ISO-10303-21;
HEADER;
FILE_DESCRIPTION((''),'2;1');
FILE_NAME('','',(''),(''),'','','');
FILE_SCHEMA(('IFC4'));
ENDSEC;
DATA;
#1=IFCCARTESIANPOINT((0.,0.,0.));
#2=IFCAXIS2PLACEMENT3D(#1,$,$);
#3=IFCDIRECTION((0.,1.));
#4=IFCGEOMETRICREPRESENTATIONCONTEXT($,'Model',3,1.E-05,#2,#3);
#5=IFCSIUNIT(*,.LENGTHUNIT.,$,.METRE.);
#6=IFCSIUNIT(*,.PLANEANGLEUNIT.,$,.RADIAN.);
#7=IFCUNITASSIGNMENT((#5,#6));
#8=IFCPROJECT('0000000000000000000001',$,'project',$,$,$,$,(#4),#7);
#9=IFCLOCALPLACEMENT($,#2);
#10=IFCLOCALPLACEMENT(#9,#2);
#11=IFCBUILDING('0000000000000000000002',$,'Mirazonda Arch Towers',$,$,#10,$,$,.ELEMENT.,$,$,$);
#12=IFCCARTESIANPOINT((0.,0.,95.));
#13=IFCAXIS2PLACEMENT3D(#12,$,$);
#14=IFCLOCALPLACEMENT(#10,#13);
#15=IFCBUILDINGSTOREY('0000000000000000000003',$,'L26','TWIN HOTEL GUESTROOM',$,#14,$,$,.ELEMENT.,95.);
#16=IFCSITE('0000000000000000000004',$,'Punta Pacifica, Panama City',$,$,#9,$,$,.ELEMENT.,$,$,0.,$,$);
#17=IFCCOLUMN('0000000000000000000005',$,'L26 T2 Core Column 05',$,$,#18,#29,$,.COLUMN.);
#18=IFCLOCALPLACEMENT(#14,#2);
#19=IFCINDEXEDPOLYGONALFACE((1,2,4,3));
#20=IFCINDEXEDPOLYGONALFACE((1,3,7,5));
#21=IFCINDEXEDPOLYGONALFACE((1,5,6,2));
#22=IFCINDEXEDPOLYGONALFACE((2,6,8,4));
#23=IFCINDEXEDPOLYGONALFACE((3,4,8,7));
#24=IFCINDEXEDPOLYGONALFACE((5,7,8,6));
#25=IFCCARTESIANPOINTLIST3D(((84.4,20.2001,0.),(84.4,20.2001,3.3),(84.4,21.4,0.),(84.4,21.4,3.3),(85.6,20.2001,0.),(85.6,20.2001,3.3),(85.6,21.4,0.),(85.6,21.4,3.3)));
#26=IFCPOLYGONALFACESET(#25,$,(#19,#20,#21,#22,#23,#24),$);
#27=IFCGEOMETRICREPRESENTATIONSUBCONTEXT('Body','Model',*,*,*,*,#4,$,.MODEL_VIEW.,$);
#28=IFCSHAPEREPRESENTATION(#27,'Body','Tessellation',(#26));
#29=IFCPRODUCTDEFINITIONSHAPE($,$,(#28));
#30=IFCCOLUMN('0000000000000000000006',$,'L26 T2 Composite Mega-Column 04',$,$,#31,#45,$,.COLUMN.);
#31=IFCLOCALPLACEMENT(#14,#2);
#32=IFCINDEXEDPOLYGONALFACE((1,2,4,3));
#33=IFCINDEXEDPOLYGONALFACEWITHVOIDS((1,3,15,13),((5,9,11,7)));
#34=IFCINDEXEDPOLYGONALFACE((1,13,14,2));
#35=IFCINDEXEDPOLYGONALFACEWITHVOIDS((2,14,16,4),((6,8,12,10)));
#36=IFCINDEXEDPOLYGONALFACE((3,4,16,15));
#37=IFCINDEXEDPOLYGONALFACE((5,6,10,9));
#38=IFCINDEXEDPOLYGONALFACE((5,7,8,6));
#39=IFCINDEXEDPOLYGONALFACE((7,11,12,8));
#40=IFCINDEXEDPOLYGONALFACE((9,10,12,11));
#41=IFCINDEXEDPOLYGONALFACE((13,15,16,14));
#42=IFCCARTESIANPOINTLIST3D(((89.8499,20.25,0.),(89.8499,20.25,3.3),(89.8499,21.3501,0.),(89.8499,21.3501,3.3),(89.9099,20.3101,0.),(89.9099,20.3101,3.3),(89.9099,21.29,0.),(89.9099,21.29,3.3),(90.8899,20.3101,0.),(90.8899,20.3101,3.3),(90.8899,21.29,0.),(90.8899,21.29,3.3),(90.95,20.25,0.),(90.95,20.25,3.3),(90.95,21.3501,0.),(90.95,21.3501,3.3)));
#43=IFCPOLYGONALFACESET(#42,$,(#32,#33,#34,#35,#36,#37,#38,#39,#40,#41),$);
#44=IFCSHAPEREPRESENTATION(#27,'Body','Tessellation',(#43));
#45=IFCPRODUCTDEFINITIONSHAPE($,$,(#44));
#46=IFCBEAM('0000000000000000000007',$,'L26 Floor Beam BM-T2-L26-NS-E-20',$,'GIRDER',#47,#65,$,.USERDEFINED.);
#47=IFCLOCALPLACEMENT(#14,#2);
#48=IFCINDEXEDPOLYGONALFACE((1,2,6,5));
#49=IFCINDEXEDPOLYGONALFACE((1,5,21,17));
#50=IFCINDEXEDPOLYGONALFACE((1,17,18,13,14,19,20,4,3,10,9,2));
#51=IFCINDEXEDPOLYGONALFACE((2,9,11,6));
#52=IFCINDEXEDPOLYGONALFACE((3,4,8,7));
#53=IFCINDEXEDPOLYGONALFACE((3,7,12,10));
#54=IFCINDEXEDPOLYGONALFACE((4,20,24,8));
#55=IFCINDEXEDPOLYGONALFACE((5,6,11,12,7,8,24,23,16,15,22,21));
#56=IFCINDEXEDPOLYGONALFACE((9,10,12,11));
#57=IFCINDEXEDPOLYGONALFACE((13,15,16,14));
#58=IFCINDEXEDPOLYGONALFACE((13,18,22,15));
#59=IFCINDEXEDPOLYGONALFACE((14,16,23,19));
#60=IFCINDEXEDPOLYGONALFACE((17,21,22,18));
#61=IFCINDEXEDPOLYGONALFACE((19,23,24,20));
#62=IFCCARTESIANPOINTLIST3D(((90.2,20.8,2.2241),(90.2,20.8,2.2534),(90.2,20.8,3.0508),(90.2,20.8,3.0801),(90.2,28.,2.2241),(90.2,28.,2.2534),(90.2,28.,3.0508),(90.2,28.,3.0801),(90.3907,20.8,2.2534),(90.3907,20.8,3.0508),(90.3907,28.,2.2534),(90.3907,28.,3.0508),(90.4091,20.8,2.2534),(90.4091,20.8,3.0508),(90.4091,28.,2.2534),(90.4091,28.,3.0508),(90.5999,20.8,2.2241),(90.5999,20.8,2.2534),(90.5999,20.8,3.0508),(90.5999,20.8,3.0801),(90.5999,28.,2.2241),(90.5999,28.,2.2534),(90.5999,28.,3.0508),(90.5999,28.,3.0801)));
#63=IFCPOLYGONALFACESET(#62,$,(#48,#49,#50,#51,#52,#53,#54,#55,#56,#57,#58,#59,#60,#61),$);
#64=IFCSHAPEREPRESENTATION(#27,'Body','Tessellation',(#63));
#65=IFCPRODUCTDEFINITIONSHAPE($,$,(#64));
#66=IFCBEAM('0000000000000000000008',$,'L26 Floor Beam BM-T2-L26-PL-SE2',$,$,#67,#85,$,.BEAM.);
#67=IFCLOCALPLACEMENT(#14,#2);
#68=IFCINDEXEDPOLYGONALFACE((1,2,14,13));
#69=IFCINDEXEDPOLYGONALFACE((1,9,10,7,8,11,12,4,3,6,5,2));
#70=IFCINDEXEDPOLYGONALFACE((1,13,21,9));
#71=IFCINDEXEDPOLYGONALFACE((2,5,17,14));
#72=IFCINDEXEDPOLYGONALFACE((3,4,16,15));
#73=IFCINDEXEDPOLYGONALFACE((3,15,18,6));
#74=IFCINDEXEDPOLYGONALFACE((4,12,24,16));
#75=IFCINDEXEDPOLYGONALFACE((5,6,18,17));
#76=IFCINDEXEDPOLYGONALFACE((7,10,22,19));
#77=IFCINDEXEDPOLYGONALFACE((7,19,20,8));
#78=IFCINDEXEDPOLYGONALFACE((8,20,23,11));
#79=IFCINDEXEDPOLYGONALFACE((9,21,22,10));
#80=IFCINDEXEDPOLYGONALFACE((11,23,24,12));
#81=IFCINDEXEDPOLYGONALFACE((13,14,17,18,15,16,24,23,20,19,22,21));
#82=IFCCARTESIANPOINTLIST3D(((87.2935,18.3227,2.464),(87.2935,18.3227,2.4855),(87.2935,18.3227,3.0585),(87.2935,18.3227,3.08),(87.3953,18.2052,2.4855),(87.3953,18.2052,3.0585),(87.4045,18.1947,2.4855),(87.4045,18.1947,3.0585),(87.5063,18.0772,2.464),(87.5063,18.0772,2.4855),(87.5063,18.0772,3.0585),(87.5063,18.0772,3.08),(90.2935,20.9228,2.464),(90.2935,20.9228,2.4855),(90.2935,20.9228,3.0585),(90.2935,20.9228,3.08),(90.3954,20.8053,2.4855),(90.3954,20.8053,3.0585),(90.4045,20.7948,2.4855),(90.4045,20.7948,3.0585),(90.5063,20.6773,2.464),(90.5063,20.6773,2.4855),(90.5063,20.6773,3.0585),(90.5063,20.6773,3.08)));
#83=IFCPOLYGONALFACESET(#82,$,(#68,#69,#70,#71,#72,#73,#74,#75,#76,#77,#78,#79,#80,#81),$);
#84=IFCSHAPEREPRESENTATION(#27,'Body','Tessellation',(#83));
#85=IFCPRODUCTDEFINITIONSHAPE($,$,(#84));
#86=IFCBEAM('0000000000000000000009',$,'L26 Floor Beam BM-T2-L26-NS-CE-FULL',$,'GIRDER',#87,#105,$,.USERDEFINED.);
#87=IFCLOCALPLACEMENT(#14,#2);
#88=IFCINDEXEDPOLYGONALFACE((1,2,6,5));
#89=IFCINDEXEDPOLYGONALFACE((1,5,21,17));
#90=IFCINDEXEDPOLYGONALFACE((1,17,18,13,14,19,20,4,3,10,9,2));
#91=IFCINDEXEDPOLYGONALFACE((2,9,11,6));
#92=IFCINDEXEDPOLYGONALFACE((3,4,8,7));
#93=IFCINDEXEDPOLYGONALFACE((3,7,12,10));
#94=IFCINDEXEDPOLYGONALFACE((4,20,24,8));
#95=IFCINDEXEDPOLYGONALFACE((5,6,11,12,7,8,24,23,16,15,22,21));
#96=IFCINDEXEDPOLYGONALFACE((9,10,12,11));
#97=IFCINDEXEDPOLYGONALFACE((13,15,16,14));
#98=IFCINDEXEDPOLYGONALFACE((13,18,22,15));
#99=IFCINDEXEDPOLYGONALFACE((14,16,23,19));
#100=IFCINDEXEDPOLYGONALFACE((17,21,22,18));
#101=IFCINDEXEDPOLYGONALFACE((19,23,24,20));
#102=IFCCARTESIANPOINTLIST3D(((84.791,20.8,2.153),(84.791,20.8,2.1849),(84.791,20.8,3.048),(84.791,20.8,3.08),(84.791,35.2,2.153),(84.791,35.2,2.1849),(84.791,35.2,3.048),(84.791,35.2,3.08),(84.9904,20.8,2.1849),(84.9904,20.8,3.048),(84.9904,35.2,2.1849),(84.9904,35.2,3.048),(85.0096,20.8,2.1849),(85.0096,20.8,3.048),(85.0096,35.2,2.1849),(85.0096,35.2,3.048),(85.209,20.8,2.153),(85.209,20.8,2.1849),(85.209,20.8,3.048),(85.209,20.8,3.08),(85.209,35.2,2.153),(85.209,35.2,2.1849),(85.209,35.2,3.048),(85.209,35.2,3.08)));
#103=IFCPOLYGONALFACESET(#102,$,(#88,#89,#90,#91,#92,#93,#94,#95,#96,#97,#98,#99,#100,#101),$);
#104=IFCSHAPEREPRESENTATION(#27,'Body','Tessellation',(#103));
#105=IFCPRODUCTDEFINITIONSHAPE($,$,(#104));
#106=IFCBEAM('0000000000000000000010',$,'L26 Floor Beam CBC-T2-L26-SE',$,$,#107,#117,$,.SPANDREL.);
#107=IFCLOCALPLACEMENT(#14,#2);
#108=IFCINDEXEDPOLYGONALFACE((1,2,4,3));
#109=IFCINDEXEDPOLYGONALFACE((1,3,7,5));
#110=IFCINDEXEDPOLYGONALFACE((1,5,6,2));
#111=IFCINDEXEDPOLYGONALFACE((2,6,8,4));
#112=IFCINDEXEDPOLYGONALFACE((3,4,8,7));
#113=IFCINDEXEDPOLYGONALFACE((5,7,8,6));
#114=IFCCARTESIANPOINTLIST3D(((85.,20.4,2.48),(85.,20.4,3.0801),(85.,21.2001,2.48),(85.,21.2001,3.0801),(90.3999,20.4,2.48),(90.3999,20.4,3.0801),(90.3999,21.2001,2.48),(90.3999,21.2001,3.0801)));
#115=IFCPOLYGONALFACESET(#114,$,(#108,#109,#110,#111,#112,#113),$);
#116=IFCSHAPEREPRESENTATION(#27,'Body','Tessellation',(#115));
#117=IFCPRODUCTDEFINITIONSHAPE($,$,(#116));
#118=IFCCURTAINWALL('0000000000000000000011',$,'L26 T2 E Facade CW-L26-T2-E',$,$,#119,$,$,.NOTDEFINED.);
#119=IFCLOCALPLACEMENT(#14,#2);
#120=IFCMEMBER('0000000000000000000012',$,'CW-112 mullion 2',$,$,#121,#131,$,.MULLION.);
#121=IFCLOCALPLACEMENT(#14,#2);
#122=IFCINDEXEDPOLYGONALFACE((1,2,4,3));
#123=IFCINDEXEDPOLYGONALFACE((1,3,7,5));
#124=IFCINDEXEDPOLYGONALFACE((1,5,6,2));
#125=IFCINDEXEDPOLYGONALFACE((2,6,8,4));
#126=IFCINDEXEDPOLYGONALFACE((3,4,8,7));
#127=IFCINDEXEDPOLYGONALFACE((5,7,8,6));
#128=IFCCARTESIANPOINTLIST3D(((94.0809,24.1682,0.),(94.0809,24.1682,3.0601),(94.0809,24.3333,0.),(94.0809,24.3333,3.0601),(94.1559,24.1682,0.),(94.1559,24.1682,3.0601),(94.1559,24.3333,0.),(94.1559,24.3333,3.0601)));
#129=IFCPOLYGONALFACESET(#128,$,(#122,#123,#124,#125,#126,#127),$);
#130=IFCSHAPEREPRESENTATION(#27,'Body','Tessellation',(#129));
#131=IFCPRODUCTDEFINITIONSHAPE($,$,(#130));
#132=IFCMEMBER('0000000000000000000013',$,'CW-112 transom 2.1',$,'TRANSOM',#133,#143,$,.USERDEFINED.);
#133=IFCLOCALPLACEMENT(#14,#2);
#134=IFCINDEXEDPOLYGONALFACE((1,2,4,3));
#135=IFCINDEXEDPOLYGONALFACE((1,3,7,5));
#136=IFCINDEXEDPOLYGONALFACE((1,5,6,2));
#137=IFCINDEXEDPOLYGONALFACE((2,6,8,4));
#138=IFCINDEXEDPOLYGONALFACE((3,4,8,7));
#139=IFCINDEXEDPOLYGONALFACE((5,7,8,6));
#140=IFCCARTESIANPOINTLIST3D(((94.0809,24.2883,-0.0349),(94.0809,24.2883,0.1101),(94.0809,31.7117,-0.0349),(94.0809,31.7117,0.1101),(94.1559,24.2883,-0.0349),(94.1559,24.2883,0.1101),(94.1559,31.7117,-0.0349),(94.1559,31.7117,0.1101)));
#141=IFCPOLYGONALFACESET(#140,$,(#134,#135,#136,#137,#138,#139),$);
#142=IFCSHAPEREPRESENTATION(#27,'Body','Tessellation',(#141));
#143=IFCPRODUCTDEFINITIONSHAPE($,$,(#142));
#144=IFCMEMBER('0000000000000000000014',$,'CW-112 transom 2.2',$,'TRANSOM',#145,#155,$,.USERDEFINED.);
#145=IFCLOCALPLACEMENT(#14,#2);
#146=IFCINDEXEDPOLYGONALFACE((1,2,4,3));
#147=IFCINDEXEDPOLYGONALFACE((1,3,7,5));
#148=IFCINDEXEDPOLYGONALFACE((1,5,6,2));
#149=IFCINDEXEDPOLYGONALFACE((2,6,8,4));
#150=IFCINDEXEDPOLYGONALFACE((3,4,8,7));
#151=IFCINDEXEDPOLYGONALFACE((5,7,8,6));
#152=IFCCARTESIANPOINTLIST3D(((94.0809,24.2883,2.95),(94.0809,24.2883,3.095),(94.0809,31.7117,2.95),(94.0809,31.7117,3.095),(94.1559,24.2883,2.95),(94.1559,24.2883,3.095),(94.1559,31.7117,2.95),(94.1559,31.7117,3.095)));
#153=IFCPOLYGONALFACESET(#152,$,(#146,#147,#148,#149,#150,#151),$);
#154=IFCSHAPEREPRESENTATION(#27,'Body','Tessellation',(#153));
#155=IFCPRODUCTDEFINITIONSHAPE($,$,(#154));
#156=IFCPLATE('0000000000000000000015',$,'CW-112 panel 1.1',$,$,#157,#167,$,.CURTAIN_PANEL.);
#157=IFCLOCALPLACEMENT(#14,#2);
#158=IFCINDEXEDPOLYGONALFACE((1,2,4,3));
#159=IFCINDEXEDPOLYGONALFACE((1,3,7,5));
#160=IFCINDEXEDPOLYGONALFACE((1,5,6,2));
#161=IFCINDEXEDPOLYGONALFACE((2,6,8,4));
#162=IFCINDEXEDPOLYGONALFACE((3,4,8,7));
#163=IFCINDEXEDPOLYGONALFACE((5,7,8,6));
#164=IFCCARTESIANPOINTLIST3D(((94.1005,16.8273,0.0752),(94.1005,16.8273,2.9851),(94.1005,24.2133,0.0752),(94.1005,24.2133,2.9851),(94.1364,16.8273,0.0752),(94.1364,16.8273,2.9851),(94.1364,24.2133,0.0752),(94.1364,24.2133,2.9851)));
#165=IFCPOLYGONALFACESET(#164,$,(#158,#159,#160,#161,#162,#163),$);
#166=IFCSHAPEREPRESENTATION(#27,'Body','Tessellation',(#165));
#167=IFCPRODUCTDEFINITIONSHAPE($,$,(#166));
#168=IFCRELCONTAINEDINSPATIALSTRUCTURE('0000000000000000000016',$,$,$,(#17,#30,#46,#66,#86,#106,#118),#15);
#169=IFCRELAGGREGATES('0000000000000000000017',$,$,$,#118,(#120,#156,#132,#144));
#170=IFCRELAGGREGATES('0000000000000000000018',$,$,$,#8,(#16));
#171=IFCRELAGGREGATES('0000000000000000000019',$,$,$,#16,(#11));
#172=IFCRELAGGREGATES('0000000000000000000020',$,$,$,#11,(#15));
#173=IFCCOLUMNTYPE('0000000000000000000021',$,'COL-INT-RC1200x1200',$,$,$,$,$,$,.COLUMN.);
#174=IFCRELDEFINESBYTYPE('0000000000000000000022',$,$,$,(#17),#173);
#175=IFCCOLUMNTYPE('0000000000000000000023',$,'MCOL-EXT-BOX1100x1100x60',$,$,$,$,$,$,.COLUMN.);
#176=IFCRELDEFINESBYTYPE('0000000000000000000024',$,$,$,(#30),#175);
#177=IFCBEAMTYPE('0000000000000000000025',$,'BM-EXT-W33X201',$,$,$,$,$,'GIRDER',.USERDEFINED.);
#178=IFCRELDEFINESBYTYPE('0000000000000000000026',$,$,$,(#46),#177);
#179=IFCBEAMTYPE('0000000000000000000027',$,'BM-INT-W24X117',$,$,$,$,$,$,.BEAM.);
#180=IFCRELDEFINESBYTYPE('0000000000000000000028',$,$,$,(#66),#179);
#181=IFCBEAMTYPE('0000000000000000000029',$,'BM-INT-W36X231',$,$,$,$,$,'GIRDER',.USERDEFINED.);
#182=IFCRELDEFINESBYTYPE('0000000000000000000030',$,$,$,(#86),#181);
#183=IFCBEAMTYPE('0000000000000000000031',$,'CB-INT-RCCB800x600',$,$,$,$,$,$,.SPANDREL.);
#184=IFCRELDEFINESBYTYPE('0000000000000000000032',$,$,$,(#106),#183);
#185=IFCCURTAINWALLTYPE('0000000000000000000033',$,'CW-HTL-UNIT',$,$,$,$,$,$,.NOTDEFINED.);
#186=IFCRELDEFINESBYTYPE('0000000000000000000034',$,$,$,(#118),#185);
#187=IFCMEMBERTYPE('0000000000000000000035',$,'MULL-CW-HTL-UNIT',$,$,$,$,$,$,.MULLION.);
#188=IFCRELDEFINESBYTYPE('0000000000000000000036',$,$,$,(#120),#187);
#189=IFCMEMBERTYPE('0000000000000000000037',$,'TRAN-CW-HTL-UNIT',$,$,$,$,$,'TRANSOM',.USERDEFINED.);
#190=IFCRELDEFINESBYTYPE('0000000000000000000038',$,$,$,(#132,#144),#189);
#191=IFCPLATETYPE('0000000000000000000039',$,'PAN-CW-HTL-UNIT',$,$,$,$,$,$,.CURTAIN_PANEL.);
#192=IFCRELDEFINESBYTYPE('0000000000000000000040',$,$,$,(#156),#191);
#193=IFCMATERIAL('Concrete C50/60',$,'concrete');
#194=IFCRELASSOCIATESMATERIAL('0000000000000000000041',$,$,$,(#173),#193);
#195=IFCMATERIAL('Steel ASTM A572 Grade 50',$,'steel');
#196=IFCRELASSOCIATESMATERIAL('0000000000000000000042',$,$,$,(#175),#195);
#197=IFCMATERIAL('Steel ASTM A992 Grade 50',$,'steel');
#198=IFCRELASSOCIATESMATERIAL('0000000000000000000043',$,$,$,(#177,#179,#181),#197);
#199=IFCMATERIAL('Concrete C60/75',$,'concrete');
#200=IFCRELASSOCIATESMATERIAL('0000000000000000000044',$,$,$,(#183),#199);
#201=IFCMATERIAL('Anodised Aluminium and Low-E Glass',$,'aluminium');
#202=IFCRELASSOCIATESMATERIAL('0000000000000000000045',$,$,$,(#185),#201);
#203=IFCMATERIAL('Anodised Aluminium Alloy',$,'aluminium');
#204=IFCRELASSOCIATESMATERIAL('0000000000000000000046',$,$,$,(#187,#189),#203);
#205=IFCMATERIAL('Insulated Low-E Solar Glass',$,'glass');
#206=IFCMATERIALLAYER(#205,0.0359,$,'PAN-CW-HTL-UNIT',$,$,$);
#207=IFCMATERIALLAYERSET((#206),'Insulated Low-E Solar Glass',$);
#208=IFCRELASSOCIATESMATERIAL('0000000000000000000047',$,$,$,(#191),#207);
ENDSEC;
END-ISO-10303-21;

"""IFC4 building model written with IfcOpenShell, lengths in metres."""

from ifc_helpers import new_model, si_unit, direction, frame, origin, origin_2d, place, context, subcontext, project, spatial, rectangle, hollow_rectangle, i_section, extrude, material, layer, layer_set, material_profile, profile_set, type_object, element, aggregate, save


model = new_model("IFC4")

# Units and contexts
model_context = context("Model", 3, precision=1e-05, world=origin(), true_north=direction((0.0, 1.0)))
body_context = subcontext(model_context, "Body", "Model", "MODEL_VIEW")
ifc_project = project(units=[si_unit("LENGTHUNIT", "METRE"), si_unit("PLANEANGLEUNIT", "RADIAN")], contexts=[model_context])

# Site, building, storey
site_placement = place(None, origin())
site = spatial("IfcSite", under=ifc_project, at=site_placement, Name="Punta Pacifica, Panama City", CompositionType="ELEMENT", RefElevation=0.0)
building_placement = place(site_placement, origin())
building = spatial("IfcBuilding", under=site, at=building_placement, Name="Mirazonda Arch Towers", CompositionType="ELEMENT")
storey_placement = place(building_placement, frame((0.0, 0.0, 95.0)))
storey = spatial("IfcBuildingStorey", under=building, at=storey_placement, Name="L26", Description="TWIN HOTEL GUESTROOM", CompositionType="ELEMENT", Elevation=95.0)

# Columns
ifc_material_1 = material(Name="Concrete C50/60", Category="concrete")
ifc_material_profile_1 = material_profile(ifc_material_1, rectangle(XDim=1.2, YDim=1.2, at=origin_2d()), Name="RC1200x1200")
ifc_profile_set_1 = profile_set([ifc_material_profile_1], Name="Concrete C50/60")
column_type_1 = type_object("IfcColumnType", Name="COL-INT-RC1200x1200", PredefinedType="COLUMN", material=ifc_profile_set_1)
column_1_placement = place(storey_placement, frame((85.0, 20.8, 0.0), z_axis=(0.0, 0.0, 1.0), x_axis=(1.0, 0.0, 0.0)))
element("IfcColumn", 1, at=column_1_placement, inside=storey, type_object=column_type_1, Name="L26 T2 Core Column 05", PredefinedType="COLUMN", context=body_context, shape_type="SweptSolid", body=[
    extrude(rectangle(XDim=1.2, YDim=1.2, at=origin_2d()), origin(), (0.0, 0.0, 1.0), 3.3),
])
ifc_material_2 = material(Name="Steel ASTM A572 Grade 50", Category="steel")
ifc_material_profile_2 = material_profile(ifc_material_2, hollow_rectangle(XDim=1.1001, YDim=1.1001, WallThickness=0.0601, at=origin_2d()), Name="BOX1100x1100x60")
ifc_profile_set_2 = profile_set([ifc_material_profile_2], Name="Steel ASTM A572 Grade 50")
column_type_2 = type_object("IfcColumnType", Name="MCOL-EXT-BOX1100x1100x60", PredefinedType="COLUMN", material=ifc_profile_set_2)
column_2_placement = place(storey_placement, frame((90.3999, 20.8, 0.0), z_axis=(0.0, 0.0, 1.0), x_axis=(1.0, 0.0, 0.0)))
element("IfcColumn", 2, at=column_2_placement, inside=storey, type_object=column_type_2, Name="L26 T2 Composite Mega-Column 04", PredefinedType="COLUMN", context=body_context, shape_type="SweptSolid", body=[
    extrude(hollow_rectangle(XDim=1.1001, YDim=1.1001, WallThickness=0.0601, at=origin_2d()), origin(), (0.0, 0.0, 1.0), 3.3),
])

# Beams
ifc_material_3 = material(Name="Steel ASTM A992 Grade 50", Category="steel")
ifc_material_profile_3 = material_profile(ifc_material_3, i_section(OverallWidth=0.3999, OverallDepth=0.856, WebThickness=0.0183, FlangeThickness=0.0293, at=origin_2d()), Name="W33X201")
ifc_profile_set_3 = profile_set([ifc_material_profile_3], Name="Steel ASTM A992 Grade 50")
beam_type_1 = type_object("IfcBeamType", Name="BM-EXT-W33X201", ElementType="GIRDER", PredefinedType="USERDEFINED", material=ifc_profile_set_3)
beam_1_placement = place(storey_placement, frame((90.3999, 20.8, 2.6521), z_axis=(0.0, 1.0, 0.0), x_axis=(-1.0, 0.0, 0.0)))
element("IfcBeam", 3, at=beam_1_placement, inside=storey, type_object=beam_type_1, Name="L26 Floor Beam BM-T2-L26-NS-E-20", ObjectType="GIRDER", PredefinedType="USERDEFINED", context=body_context, shape_type="SweptSolid", body=[
    extrude(i_section(OverallWidth=0.3999, OverallDepth=0.856, WebThickness=0.0183, FlangeThickness=0.0293, at=origin_2d()), origin(), (0.0, 0.0, 1.0), 7.2),
])
ifc_material_profile_4 = material_profile(ifc_material_3, i_section(OverallWidth=0.325, OverallDepth=0.616, WebThickness=0.0139, FlangeThickness=0.0215, at=origin_2d()), Name="W24X117")
ifc_profile_set_4 = profile_set([ifc_material_profile_4], Name="Steel ASTM A992 Grade 50")
beam_type_2 = type_object("IfcBeamType", Name="BM-INT-W24X117", PredefinedType="BEAM", material=ifc_profile_set_4)
beam_2_placement = place(storey_placement, frame((87.3999, 18.2, 2.772), z_axis=(0.755677, 0.654945, 0.0), x_axis=(-0.654945, 0.755677, 0.0)))
element("IfcBeam", 4, at=beam_2_placement, inside=storey, type_object=beam_type_2, Name="L26 Floor Beam BM-T2-L26-PL-SE2", PredefinedType="BEAM", context=body_context, shape_type="SweptSolid", body=[
    extrude(i_section(OverallWidth=0.325, OverallDepth=0.616, WebThickness=0.0139, FlangeThickness=0.0215, at=origin_2d()), origin(), (0.0, 0.0, 1.0), 3.97),
])
ifc_material_profile_5 = material_profile(ifc_material_3, i_section(OverallWidth=0.418, OverallDepth=0.927, WebThickness=0.0193, FlangeThickness=0.032, at=origin_2d()), Name="W36X231")
ifc_profile_set_5 = profile_set([ifc_material_profile_5], Name="Steel ASTM A992 Grade 50")
beam_type_3 = type_object("IfcBeamType", Name="BM-INT-W36X231", ElementType="GIRDER", PredefinedType="USERDEFINED", material=ifc_profile_set_5)
beam_3_placement = place(storey_placement, frame((85.0, 20.8, 2.6165), z_axis=(0.0, 1.0, 0.0), x_axis=(-1.0, 0.0, 0.0)))
element("IfcBeam", 5, at=beam_3_placement, inside=storey, type_object=beam_type_3, Name="L26 Floor Beam BM-T2-L26-NS-CE-FULL", ObjectType="GIRDER", PredefinedType="USERDEFINED", context=body_context, shape_type="SweptSolid", body=[
    extrude(i_section(OverallWidth=0.418, OverallDepth=0.927, WebThickness=0.0193, FlangeThickness=0.032, at=origin_2d()), origin(), (0.0, 0.0, 1.0), 14.3999),
])
ifc_material_4 = material(Name="Concrete C60/75", Category="concrete")
ifc_material_profile_6 = material_profile(ifc_material_4, rectangle(XDim=0.8, YDim=0.6001, at=origin_2d()), Name="RCCB800x600")
ifc_profile_set_6 = profile_set([ifc_material_profile_6], Name="Concrete C60/75")
beam_type_4 = type_object("IfcBeamType", Name="CB-INT-RCCB800x600", PredefinedType="SPANDREL", material=ifc_profile_set_6)
beam_4_placement = place(storey_placement, frame((85.0, 20.8, 2.78), z_axis=(1.0, 0.0, 0.0), x_axis=(0.0, 1.0, 0.0)))
element("IfcBeam", 6, at=beam_4_placement, inside=storey, type_object=beam_type_4, Name="L26 Floor Beam CBC-T2-L26-SE", PredefinedType="SPANDREL", context=body_context, shape_type="SweptSolid", body=[
    extrude(rectangle(XDim=0.8, YDim=0.6001, at=origin_2d()), origin(), (0.0, 0.0, 1.0), 5.3999),
])

# Curtain wall, members, plate
ifc_material_5 = material(Name="Anodised Aluminium and Low-E Glass", Category="aluminium")
curtain_wall_type = type_object("IfcCurtainWallType", Name="CW-HTL-UNIT", PredefinedType="NOTDEFINED", material=ifc_material_5)
curtain_wall_placement = place(storey_placement, origin())
curtain_wall = element("IfcCurtainWall", 7, at=curtain_wall_placement, inside=storey, type_object=curtain_wall_type, Name="L26 T2 E Facade CW-L26-T2-E", PredefinedType="NOTDEFINED")
ifc_material_6 = material(Name="Anodised Aluminium Alloy", Category="aluminium")
ifc_material_profile_7 = material_profile(ifc_material_6, rectangle(XDim=0.075, YDim=0.165, at=origin_2d()), Name="ALU-MULL-75x165")
ifc_profile_set_7 = profile_set([ifc_material_profile_7], Name="Anodised Aluminium Alloy")
member_type_1 = type_object("IfcMemberType", Name="MULL-CW-HTL-UNIT", PredefinedType="MULLION", material=ifc_profile_set_7)
member_1_placement = place(storey_placement, frame((94.1184, 24.2507, 0.0), z_axis=(0.0, 0.0, 1.0), x_axis=(-1.0, 0.0, 0.0)))
member_1 = element("IfcMember", 8, at=member_1_placement, type_object=member_type_1, Name="CW-112 mullion 2", PredefinedType="MULLION", context=body_context, shape_type="SweptSolid", body=[
    extrude(rectangle(XDim=0.075, YDim=0.165, at=origin_2d()), origin(), (0.0, 0.0, 1.0), 3.0601),
])
ifc_material_profile_8 = material_profile(ifc_material_6, rectangle(XDim=0.075, YDim=0.145, at=origin_2d()), Name="ALU-TRAN-75x145")
ifc_profile_set_8 = profile_set([ifc_material_profile_8], Name="Anodised Aluminium Alloy")
member_type_2 = type_object("IfcMemberType", Name="TRAN-CW-HTL-UNIT", ElementType="TRANSOM", PredefinedType="USERDEFINED", material=ifc_profile_set_8)
member_2_placement = place(storey_placement, frame((94.1184, 24.2883, 0.0376), z_axis=(0.0, 1.0, 0.0), x_axis=(-1.0, 0.0, 0.0)))
member_2 = element("IfcMember", 9, at=member_2_placement, type_object=member_type_2, Name="CW-112 transom 2.1", ObjectType="TRANSOM", PredefinedType="USERDEFINED", context=body_context, shape_type="SweptSolid", body=[
    extrude(rectangle(XDim=0.075, YDim=0.145, at=origin_2d()), origin(), (0.0, 0.0, 1.0), 7.4233),
])
member_3_placement = place(storey_placement, frame((94.1184, 24.2883, 3.0225), z_axis=(0.0, 1.0, 0.0), x_axis=(-1.0, 0.0, 0.0)))
member_3 = element("IfcMember", 10, at=member_3_placement, type_object=member_type_2, Name="CW-112 transom 2.2", ObjectType="TRANSOM", PredefinedType="USERDEFINED", context=body_context, shape_type="SweptSolid", body=[
    extrude(rectangle(XDim=0.075, YDim=0.145, at=origin_2d()), origin(), (0.0, 0.0, 1.0), 7.4233),
])
ifc_material_7 = material(Name="Insulated Low-E Solar Glass", Category="glass")
ifc_layer_1 = layer(ifc_material_7, 0.0359, Name="PAN-CW-HTL-UNIT")
ifc_layer_set_1 = layer_set([ifc_layer_1], Name="Insulated Low-E Solar Glass")
plate_type = type_object("IfcPlateType", Name="PAN-CW-HTL-UNIT", PredefinedType="CURTAIN_PANEL", material=ifc_layer_set_1)
plate_placement = place(storey_placement, frame((94.1184, 20.5203, 0.0752), z_axis=(0.0, 0.0, 1.0), x_axis=(0.0, 1.0, 0.0)))
plate = element("IfcPlate", 11, at=plate_placement, type_object=plate_type, Name="CW-112 panel 1.1", PredefinedType="CURTAIN_PANEL", context=body_context, shape_type="SweptSolid", body=[
    extrude(rectangle(XDim=7.386, YDim=0.0359, at=origin_2d()), origin(), (0.0, 0.0, 1.0), 2.9099),
])
aggregate(curtain_wall, [member_1, plate, member_2, member_3])

save(model, "model.ifc")
